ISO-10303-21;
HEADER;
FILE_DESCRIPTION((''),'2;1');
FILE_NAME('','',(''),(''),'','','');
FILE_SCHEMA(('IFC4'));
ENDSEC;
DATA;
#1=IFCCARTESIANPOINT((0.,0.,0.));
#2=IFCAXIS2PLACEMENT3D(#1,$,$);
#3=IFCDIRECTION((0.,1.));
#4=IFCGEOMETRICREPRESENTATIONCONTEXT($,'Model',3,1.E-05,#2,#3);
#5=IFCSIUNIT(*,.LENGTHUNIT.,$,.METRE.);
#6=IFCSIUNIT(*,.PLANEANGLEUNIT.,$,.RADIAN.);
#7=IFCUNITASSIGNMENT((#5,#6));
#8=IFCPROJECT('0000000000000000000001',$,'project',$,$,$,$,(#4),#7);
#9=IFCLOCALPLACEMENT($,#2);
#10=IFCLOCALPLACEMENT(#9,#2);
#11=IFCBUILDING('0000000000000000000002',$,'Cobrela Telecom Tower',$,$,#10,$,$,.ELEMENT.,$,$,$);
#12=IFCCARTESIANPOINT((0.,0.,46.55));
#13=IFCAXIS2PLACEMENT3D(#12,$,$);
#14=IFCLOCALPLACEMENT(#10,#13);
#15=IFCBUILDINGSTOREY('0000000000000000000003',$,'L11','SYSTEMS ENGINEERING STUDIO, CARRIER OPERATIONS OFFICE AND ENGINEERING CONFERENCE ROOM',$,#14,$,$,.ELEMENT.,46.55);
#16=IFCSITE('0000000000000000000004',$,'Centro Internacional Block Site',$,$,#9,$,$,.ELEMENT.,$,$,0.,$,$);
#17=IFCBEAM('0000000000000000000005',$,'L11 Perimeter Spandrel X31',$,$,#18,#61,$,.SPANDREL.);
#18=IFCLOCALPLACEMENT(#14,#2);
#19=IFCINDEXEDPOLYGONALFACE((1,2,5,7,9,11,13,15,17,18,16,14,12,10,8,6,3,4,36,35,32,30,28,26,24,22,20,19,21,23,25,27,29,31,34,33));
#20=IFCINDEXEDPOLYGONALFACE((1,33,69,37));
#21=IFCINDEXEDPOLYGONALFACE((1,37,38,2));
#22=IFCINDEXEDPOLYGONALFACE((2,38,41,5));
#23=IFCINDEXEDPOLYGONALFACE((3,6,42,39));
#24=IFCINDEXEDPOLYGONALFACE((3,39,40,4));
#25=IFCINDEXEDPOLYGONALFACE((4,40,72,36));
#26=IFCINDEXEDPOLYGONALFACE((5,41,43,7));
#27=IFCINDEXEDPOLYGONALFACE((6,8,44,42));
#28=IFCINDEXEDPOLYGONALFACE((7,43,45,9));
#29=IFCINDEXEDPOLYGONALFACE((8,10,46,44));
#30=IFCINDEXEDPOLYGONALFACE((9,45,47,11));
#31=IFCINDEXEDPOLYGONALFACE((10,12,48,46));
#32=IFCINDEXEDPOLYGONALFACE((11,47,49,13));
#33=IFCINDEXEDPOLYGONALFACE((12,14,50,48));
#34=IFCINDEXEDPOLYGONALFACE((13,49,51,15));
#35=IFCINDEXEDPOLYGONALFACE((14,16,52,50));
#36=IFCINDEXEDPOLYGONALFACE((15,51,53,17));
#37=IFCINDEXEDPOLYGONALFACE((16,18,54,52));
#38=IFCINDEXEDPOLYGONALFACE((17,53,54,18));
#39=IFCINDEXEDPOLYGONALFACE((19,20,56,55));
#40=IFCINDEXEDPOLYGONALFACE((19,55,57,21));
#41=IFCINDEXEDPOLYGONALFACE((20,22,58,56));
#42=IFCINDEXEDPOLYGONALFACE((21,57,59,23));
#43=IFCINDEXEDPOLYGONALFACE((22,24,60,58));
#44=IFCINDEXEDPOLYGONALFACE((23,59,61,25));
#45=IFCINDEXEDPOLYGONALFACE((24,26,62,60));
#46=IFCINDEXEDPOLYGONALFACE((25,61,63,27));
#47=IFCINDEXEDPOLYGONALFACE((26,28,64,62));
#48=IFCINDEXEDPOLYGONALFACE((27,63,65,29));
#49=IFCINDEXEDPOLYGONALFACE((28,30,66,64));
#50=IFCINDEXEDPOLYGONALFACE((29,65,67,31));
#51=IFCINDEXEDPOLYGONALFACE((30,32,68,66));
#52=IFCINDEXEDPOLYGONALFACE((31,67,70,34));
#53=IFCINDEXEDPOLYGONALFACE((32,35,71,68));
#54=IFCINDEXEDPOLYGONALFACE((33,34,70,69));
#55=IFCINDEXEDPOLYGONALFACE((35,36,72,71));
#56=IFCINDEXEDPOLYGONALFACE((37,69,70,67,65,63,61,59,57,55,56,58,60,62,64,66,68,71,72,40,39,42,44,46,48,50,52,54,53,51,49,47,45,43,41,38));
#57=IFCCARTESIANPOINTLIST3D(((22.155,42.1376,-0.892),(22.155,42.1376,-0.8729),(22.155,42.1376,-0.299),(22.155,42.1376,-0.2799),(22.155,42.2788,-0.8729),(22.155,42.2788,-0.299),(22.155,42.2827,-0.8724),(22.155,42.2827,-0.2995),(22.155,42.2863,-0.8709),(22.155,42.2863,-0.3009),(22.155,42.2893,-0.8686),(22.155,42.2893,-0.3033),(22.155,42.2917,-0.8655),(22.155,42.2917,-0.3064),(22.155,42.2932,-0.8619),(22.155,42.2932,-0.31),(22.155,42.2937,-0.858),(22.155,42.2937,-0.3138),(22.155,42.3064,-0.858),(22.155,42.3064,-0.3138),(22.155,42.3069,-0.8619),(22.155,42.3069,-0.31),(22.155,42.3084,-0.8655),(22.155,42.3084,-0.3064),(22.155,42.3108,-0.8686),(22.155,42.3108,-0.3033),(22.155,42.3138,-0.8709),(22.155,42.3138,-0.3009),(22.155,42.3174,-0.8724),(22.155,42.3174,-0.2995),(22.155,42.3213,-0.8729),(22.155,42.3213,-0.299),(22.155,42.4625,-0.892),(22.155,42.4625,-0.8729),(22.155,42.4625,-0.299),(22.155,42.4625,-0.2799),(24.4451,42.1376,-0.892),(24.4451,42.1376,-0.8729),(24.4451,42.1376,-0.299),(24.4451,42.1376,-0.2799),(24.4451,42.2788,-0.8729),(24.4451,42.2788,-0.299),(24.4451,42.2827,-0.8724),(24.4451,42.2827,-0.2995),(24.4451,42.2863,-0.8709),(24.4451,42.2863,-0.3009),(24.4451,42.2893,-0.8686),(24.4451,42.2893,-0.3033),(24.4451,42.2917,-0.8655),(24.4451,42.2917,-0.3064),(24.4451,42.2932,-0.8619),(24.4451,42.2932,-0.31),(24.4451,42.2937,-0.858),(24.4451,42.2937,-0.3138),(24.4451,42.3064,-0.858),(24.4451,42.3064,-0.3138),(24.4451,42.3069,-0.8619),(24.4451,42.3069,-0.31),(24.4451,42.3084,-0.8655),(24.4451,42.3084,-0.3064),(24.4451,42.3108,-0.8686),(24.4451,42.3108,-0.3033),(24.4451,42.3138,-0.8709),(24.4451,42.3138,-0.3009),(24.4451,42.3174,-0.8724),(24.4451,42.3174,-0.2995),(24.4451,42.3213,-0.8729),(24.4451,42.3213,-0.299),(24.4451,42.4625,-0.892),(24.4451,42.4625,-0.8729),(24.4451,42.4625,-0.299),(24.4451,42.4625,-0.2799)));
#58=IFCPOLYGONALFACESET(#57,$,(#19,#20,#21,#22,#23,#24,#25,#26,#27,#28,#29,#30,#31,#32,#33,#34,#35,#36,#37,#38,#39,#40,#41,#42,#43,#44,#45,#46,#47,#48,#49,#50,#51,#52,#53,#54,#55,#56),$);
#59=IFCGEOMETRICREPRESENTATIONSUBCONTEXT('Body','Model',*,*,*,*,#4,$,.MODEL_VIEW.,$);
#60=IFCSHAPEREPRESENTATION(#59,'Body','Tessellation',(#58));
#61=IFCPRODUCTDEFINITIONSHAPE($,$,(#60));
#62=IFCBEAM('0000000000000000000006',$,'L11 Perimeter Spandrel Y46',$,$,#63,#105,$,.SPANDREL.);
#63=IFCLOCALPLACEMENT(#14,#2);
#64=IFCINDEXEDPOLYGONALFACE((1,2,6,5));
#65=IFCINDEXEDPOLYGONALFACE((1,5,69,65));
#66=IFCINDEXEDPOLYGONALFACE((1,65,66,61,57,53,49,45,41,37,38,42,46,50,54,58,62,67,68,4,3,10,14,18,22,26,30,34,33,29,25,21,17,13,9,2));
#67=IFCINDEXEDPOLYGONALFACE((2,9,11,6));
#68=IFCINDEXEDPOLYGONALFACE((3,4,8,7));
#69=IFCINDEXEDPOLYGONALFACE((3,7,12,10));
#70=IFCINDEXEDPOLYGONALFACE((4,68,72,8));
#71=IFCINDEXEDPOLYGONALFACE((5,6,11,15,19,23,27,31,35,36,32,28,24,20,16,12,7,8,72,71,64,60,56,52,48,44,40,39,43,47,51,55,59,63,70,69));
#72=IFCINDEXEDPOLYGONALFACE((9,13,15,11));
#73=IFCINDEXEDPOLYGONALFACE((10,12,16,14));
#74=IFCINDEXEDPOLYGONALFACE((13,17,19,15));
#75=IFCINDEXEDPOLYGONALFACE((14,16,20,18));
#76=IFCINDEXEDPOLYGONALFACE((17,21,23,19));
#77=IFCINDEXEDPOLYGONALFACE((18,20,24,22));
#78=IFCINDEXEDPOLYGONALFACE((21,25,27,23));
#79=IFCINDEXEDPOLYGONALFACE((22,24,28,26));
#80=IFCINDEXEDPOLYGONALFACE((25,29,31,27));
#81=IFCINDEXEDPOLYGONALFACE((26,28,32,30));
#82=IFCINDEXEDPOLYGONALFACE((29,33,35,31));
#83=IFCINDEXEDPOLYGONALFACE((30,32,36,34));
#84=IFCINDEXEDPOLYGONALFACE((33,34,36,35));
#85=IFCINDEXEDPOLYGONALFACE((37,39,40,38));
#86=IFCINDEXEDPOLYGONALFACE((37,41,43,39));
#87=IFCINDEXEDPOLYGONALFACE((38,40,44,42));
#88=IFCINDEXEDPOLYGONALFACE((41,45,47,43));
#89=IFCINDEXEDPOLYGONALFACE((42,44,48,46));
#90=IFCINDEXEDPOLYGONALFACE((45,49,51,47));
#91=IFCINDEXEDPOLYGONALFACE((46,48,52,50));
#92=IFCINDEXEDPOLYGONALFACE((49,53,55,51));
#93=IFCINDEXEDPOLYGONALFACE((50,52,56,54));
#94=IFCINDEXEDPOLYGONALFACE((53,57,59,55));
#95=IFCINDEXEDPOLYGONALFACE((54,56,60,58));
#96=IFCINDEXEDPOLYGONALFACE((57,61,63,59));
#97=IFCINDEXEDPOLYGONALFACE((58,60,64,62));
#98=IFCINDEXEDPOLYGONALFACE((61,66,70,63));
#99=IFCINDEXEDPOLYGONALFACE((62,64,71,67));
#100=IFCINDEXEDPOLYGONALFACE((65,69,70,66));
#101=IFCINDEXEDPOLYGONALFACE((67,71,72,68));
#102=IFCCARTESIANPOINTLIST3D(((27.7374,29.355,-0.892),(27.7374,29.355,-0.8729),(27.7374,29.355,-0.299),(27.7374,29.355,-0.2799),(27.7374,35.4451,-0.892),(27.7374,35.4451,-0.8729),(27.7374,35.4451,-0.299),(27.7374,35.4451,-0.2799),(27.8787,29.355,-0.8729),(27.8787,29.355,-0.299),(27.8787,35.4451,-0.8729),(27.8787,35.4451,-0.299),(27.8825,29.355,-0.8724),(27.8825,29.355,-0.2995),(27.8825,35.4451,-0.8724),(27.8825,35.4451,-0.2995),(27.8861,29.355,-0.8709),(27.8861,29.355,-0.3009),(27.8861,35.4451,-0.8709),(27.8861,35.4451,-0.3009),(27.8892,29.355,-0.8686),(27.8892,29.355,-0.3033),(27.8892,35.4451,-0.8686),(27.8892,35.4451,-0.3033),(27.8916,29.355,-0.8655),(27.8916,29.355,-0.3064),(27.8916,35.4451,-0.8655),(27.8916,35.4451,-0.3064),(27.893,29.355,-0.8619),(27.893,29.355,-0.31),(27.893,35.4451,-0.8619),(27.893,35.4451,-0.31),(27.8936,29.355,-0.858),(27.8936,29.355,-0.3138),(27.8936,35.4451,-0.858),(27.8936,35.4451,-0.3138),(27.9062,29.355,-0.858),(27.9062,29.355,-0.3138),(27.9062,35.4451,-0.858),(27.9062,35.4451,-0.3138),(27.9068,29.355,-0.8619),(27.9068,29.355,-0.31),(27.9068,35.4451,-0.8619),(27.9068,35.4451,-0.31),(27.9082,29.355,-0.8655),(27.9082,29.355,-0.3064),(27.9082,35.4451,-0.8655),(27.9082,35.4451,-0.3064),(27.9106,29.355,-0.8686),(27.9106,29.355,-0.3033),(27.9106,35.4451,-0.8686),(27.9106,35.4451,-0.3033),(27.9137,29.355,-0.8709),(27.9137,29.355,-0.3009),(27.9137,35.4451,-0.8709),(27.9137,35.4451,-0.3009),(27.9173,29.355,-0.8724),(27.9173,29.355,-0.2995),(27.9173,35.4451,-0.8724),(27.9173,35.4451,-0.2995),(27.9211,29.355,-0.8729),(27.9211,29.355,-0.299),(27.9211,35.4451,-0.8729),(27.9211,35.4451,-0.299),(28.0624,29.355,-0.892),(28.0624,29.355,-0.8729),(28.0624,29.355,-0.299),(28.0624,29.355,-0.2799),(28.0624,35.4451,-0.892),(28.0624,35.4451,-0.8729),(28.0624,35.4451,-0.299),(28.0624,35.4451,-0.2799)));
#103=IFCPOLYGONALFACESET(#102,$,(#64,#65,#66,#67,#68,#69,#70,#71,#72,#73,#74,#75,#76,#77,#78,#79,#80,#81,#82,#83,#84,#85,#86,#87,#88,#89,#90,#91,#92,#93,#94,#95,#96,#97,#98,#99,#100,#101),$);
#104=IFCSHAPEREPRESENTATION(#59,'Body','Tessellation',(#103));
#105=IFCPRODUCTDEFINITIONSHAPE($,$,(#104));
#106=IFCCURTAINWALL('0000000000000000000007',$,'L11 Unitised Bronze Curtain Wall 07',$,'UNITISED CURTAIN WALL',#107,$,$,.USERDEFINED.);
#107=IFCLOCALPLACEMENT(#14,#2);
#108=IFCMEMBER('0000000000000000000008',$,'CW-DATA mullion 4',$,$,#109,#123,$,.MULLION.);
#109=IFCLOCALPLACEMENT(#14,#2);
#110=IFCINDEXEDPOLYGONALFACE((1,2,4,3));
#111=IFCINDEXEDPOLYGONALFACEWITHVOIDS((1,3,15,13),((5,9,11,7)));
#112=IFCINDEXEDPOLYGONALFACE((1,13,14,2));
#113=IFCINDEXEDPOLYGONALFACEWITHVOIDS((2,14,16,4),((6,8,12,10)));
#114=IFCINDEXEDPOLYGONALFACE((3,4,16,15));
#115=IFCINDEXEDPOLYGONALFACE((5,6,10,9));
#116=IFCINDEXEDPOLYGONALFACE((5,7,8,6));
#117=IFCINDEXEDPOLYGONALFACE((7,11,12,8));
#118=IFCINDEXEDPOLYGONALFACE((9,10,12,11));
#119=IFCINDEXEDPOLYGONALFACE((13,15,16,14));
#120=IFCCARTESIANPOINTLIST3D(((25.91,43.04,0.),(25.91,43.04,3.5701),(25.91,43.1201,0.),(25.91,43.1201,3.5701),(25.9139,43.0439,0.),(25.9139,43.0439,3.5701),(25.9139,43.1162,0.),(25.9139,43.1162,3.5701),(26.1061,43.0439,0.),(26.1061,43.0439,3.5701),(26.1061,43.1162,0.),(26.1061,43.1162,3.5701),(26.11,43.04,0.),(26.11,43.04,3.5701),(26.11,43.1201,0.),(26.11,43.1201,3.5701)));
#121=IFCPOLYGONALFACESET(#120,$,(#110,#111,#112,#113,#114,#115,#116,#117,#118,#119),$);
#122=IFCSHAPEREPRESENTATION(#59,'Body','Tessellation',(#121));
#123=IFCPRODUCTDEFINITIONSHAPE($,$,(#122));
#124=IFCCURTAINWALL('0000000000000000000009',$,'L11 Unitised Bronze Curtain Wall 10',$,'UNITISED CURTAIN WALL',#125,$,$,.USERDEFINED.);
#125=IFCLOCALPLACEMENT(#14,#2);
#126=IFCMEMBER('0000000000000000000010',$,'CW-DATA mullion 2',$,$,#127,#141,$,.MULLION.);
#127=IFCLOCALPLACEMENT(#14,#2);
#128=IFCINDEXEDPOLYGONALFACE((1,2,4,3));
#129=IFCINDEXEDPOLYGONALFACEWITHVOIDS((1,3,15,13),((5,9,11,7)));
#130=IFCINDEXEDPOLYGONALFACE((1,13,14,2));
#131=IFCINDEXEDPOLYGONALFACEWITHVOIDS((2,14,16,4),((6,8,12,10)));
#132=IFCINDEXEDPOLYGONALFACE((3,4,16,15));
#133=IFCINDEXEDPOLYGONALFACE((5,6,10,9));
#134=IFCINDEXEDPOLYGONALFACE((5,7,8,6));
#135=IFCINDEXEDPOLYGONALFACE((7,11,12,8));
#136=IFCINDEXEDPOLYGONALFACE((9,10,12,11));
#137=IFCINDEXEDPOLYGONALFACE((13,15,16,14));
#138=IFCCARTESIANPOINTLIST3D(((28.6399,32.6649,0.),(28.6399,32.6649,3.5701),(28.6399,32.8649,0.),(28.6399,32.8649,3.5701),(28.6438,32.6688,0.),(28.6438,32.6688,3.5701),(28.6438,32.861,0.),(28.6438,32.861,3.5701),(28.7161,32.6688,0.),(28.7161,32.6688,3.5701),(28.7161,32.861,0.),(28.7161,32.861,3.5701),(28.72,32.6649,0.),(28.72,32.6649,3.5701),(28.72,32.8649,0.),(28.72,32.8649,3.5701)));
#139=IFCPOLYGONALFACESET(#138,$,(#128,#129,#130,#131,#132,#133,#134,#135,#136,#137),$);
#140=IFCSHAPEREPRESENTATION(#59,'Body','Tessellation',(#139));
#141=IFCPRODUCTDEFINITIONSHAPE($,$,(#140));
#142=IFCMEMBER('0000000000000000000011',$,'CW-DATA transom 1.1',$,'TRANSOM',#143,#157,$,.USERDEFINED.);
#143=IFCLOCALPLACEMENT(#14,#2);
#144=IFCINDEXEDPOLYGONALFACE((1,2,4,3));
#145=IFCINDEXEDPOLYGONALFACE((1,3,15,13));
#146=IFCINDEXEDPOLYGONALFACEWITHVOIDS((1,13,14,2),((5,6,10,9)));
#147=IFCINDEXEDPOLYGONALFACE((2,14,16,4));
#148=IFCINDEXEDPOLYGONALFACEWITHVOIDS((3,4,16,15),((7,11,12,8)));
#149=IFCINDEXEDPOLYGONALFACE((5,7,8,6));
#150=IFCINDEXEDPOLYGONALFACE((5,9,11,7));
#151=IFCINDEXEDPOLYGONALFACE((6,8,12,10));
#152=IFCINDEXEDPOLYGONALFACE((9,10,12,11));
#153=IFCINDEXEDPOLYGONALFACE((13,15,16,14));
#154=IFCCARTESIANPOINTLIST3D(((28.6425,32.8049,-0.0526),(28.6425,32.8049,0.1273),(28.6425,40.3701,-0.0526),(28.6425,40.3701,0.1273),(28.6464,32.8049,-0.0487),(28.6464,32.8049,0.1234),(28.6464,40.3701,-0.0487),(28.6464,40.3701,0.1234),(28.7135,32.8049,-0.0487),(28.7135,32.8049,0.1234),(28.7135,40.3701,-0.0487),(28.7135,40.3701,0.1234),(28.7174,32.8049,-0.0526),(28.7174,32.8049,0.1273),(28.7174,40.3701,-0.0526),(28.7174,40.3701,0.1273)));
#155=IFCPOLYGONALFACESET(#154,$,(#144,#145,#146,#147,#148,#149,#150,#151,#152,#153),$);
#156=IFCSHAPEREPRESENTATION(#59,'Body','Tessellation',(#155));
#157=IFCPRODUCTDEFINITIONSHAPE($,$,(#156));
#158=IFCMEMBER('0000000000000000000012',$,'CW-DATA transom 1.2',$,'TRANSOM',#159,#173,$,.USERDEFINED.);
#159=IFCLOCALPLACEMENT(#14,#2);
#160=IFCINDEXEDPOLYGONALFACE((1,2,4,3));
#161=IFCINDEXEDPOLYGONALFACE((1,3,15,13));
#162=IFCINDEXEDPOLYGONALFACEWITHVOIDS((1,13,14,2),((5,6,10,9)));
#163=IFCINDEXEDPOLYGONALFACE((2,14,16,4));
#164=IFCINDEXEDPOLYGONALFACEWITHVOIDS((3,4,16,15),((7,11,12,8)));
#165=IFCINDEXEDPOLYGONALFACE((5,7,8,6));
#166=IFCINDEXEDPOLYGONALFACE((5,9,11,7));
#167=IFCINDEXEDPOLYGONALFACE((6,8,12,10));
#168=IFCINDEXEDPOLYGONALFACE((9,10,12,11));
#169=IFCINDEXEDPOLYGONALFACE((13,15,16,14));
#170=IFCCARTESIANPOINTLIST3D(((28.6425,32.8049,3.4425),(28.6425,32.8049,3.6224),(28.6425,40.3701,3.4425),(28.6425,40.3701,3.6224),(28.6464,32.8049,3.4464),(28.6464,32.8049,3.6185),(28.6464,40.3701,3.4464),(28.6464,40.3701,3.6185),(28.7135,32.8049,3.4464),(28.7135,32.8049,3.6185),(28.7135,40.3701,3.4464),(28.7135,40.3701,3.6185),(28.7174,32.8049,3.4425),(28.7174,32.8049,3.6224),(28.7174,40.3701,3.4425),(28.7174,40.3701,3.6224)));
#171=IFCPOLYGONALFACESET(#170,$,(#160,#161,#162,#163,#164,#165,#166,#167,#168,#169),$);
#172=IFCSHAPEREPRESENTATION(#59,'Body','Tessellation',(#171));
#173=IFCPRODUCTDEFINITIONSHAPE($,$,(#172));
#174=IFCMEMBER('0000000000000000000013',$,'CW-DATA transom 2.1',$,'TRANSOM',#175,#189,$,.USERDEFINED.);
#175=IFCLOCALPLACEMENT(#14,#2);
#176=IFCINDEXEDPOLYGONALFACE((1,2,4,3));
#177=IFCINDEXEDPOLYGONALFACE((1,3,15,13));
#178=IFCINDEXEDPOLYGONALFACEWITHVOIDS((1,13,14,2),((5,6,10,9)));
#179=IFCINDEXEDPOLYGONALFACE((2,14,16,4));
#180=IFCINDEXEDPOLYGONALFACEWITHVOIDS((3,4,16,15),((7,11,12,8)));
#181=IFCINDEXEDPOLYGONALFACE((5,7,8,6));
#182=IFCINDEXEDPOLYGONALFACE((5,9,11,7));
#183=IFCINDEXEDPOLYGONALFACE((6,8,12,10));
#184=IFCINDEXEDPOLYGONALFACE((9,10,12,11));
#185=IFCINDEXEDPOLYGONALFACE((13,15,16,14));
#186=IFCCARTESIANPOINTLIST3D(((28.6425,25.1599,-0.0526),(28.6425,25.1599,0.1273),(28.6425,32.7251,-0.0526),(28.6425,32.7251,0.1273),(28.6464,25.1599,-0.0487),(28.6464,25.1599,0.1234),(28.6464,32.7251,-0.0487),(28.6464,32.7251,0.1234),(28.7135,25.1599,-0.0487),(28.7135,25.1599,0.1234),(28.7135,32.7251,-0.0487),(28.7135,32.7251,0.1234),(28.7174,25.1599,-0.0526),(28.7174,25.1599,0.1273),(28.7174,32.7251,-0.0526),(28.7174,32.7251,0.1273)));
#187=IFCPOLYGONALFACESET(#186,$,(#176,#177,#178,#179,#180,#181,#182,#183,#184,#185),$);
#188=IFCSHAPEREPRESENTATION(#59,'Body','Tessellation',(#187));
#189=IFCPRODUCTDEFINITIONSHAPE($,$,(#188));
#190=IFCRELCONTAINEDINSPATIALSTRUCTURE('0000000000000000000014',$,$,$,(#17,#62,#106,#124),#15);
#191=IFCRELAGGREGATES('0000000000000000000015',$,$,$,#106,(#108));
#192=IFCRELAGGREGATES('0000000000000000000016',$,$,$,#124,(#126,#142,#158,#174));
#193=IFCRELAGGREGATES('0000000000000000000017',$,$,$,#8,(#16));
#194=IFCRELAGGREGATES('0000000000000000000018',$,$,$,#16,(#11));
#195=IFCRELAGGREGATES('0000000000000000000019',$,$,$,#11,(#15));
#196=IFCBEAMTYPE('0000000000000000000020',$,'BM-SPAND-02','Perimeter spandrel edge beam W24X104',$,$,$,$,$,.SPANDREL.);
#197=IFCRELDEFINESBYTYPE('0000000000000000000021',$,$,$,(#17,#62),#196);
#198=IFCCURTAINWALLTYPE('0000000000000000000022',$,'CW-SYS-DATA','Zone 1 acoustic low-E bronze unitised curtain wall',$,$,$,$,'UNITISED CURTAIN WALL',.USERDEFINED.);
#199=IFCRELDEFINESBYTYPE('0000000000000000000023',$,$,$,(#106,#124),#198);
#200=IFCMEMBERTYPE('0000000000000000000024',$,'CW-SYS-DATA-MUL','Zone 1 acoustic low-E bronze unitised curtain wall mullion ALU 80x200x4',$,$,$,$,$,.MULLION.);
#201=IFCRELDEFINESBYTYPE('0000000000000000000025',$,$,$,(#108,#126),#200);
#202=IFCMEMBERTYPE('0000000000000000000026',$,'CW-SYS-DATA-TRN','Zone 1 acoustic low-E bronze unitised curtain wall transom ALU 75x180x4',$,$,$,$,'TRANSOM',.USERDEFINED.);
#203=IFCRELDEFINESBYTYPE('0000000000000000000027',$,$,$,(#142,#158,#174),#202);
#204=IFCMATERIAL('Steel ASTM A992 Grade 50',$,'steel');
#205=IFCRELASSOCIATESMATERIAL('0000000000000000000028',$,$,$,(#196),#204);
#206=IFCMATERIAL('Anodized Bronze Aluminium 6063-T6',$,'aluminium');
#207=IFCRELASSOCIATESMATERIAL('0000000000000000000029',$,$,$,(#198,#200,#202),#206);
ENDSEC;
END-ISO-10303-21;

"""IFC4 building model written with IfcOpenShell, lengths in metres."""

from ifc_helpers import new_model, si_unit, direction, frame, origin, origin_2d, place, context, subcontext, project, spatial, hollow_rectangle, i_section, extrude, material, material_profile, profile_set, type_object, element, aggregate, save


model = new_model("IFC4")

# Units and contexts
model_context = context("Model", 3, precision=1e-05, world=origin(), true_north=direction((0.0, 1.0)))
body_context = subcontext(model_context, "Body", "Model", "MODEL_VIEW")
ifc_project = project(units=[si_unit("LENGTHUNIT", "METRE"), si_unit("PLANEANGLEUNIT", "RADIAN")], contexts=[model_context])

# Site, building, storey
site_placement = place(None, origin())
site = spatial("IfcSite", under=ifc_project, at=site_placement, Name="Centro Internacional Block Site", CompositionType="ELEMENT", RefElevation=0.0)
building_placement = place(site_placement, origin())
building = spatial("IfcBuilding", under=site, at=building_placement, Name="Cobrela Telecom Tower", CompositionType="ELEMENT")
storey_placement = place(building_placement, frame((0.0, 0.0, 46.55)))
storey = spatial("IfcBuildingStorey", under=building, at=storey_placement, Name="L11", Description="SYSTEMS ENGINEERING STUDIO, CARRIER OPERATIONS OFFICE AND ENGINEERING CONFERENCE ROOM", CompositionType="ELEMENT", Elevation=46.55)

# Shared definitions
ifc_material_1 = material(Name="Steel ASTM A992 Grade 50", Category="steel")

# Beams
ifc_material_profile_1 = material_profile(ifc_material_1, i_section(OverallWidth=0.325, OverallDepth=0.6121, WebThickness=0.0127, FlangeThickness=0.019, FilletRadius=0.0149, at=origin_2d()), Name="W24X104")
ifc_profile_set_1 = profile_set([ifc_material_profile_1], Name="Steel ASTM A992 Grade 50")
beam_type_1 = type_object("IfcBeamType", Name="BM-SPAND-02", Description="Perimeter spandrel edge beam W24X104", PredefinedType="SPANDREL", material=ifc_profile_set_1)
beam_1_placement = place(storey_placement, frame((22.155, 42.3, -0.5859), z_axis=(1.0, 0.0, 0.0), x_axis=(0.0, 1.0, 0.0)))
element("IfcBeam", 1, at=beam_1_placement, inside=storey, type_object=beam_type_1, Name="L11 Perimeter Spandrel X31", PredefinedType="SPANDREL", context=body_context, shape_type="SweptSolid", body=[
    extrude(i_section(OverallWidth=0.325, OverallDepth=0.6121, WebThickness=0.0127, FlangeThickness=0.019, FilletRadius=0.0149, at=origin_2d()), origin(), (0.0, 0.0, 1.0), 2.29),
])
beam_2_placement = place(storey_placement, frame((27.8999, 29.355, -0.5859), z_axis=(0.0, 1.0, 0.0), x_axis=(-1.0, 0.0, 0.0)))
element("IfcBeam", 2, at=beam_2_placement, inside=storey, type_object=beam_type_1, Name="L11 Perimeter Spandrel Y46", PredefinedType="SPANDREL", context=body_context, shape_type="SweptSolid", body=[
    extrude(i_section(OverallWidth=0.325, OverallDepth=0.6121, WebThickness=0.0127, FlangeThickness=0.019, FilletRadius=0.0149, at=origin_2d()), origin(), (0.0, 0.0, 1.0), 6.0901),
])

# Curtain wall, member
ifc_material_2 = material(Name="Anodized Bronze Aluminium 6063-T6", Category="aluminium")
curtain_wall_type = type_object("IfcCurtainWallType", Name="CW-SYS-DATA", Description="Zone 1 acoustic low-E bronze unitised curtain wall", ElementType="UNITISED CURTAIN WALL", PredefinedType="USERDEFINED", material=ifc_material_2)
curtain_wall_1_placement = place(storey_placement, origin())
curtain_wall_1 = element("IfcCurtainWall", 3, at=curtain_wall_1_placement, inside=storey, type_object=curtain_wall_type, Name="L11 Unitised Bronze Curtain Wall 07", ObjectType="UNITISED CURTAIN WALL", PredefinedType="USERDEFINED")
ifc_material_profile_2 = material_profile(ifc_material_2, hollow_rectangle(XDim=0.0801, YDim=0.2, WallThickness=0.0039, at=origin_2d()), Name="ALU 80x200x4")
ifc_profile_set_2 = profile_set([ifc_material_profile_2], Name="Anodized Bronze Aluminium 6063-T6")
member_type_1 = type_object("IfcMemberType", Name="CW-SYS-DATA-MUL", Description="Zone 1 acoustic low-E bronze unitised curtain wall mullion ALU 80x200x4", PredefinedType="MULLION", material=ifc_profile_set_2)
member_1_placement = place(storey_placement, frame((26.01, 43.0801, 0.0), z_axis=(0.0, 0.0, 1.0), x_axis=(0.0, 1.0, 0.0)))
member_1 = element("IfcMember", 4, at=member_1_placement, type_object=member_type_1, Name="CW-DATA mullion 4", PredefinedType="MULLION", context=body_context, shape_type="SweptSolid", body=[
    extrude(hollow_rectangle(XDim=0.0801, YDim=0.2, WallThickness=0.0039, at=origin_2d()), origin(), (0.0, 0.0, 1.0), 3.5701),
])

# Curtain wall, members
curtain_wall_2_placement = place(storey_placement, origin())
curtain_wall_2 = element("IfcCurtainWall", 5, at=curtain_wall_2_placement, inside=storey, type_object=curtain_wall_type, Name="L11 Unitised Bronze Curtain Wall 10", ObjectType="UNITISED CURTAIN WALL", PredefinedType="USERDEFINED")
member_2_placement = place(storey_placement, frame((28.6799, 32.7649, 0.0), z_axis=(0.0, 0.0, 1.0), x_axis=(1.0, 0.0, 0.0)))
member_2 = element("IfcMember", 6, at=member_2_placement, type_object=member_type_1, Name="CW-DATA mullion 2", PredefinedType="MULLION", context=body_context, shape_type="SweptSolid", body=[
    extrude(hollow_rectangle(XDim=0.0801, YDim=0.2, WallThickness=0.0039, at=origin_2d()), origin(), (0.0, 0.0, 1.0), 3.5701),
])
ifc_material_profile_3 = material_profile(ifc_material_2, hollow_rectangle(XDim=0.075, YDim=0.1799, WallThickness=0.0039, at=origin_2d()), Name="ALU 75x180x4")
ifc_profile_set_3 = profile_set([ifc_material_profile_3], Name="Anodized Bronze Aluminium 6063-T6")
member_type_2 = type_object("IfcMemberType", Name="CW-SYS-DATA-TRN", Description="Zone 1 acoustic low-E bronze unitised curtain wall transom ALU 75x180x4", ElementType="TRANSOM", PredefinedType="USERDEFINED", material=ifc_profile_set_3)
member_3_placement = place(storey_placement, frame((28.6799, 40.3701, 0.0374), z_axis=(0.0, -1.0, 0.0), x_axis=(1.0, 0.0, 0.0)))
member_3 = element("IfcMember", 7, at=member_3_placement, type_object=member_type_2, Name="CW-DATA transom 1.1", ObjectType="TRANSOM", PredefinedType="USERDEFINED", context=body_context, shape_type="SweptSolid", body=[
    extrude(hollow_rectangle(XDim=0.075, YDim=0.1799, WallThickness=0.0039, at=origin_2d()), origin(), (0.0, 0.0, 1.0), 7.5652),
])
member_4_placement = place(storey_placement, frame((28.6799, 40.3701, 3.5325), z_axis=(0.0, -1.0, 0.0), x_axis=(1.0, 0.0, 0.0)))
member_4 = element("IfcMember", 8, at=member_4_placement, type_object=member_type_2, Name="CW-DATA transom 1.2", ObjectType="TRANSOM", PredefinedType="USERDEFINED", context=body_context, shape_type="SweptSolid", body=[
    extrude(hollow_rectangle(XDim=0.075, YDim=0.1799, WallThickness=0.0039, at=origin_2d()), origin(), (0.0, 0.0, 1.0), 7.5652),
])
member_5_placement = place(storey_placement, frame((28.6799, 32.7251, 0.0374), z_axis=(0.0, -1.0, 0.0), x_axis=(1.0, 0.0, 0.0)))
member_5 = element("IfcMember", 9, at=member_5_placement, type_object=member_type_2, Name="CW-DATA transom 2.1", ObjectType="TRANSOM", PredefinedType="USERDEFINED", context=body_context, shape_type="SweptSolid", body=[
    extrude(hollow_rectangle(XDim=0.075, YDim=0.1799, WallThickness=0.0039, at=origin_2d()), origin(), (0.0, 0.0, 1.0), 7.5652),
])

aggregate(curtain_wall_1, [member_1])
aggregate(curtain_wall_2, [member_2, member_3, member_4, member_5])

save(model, "model.ifc")
